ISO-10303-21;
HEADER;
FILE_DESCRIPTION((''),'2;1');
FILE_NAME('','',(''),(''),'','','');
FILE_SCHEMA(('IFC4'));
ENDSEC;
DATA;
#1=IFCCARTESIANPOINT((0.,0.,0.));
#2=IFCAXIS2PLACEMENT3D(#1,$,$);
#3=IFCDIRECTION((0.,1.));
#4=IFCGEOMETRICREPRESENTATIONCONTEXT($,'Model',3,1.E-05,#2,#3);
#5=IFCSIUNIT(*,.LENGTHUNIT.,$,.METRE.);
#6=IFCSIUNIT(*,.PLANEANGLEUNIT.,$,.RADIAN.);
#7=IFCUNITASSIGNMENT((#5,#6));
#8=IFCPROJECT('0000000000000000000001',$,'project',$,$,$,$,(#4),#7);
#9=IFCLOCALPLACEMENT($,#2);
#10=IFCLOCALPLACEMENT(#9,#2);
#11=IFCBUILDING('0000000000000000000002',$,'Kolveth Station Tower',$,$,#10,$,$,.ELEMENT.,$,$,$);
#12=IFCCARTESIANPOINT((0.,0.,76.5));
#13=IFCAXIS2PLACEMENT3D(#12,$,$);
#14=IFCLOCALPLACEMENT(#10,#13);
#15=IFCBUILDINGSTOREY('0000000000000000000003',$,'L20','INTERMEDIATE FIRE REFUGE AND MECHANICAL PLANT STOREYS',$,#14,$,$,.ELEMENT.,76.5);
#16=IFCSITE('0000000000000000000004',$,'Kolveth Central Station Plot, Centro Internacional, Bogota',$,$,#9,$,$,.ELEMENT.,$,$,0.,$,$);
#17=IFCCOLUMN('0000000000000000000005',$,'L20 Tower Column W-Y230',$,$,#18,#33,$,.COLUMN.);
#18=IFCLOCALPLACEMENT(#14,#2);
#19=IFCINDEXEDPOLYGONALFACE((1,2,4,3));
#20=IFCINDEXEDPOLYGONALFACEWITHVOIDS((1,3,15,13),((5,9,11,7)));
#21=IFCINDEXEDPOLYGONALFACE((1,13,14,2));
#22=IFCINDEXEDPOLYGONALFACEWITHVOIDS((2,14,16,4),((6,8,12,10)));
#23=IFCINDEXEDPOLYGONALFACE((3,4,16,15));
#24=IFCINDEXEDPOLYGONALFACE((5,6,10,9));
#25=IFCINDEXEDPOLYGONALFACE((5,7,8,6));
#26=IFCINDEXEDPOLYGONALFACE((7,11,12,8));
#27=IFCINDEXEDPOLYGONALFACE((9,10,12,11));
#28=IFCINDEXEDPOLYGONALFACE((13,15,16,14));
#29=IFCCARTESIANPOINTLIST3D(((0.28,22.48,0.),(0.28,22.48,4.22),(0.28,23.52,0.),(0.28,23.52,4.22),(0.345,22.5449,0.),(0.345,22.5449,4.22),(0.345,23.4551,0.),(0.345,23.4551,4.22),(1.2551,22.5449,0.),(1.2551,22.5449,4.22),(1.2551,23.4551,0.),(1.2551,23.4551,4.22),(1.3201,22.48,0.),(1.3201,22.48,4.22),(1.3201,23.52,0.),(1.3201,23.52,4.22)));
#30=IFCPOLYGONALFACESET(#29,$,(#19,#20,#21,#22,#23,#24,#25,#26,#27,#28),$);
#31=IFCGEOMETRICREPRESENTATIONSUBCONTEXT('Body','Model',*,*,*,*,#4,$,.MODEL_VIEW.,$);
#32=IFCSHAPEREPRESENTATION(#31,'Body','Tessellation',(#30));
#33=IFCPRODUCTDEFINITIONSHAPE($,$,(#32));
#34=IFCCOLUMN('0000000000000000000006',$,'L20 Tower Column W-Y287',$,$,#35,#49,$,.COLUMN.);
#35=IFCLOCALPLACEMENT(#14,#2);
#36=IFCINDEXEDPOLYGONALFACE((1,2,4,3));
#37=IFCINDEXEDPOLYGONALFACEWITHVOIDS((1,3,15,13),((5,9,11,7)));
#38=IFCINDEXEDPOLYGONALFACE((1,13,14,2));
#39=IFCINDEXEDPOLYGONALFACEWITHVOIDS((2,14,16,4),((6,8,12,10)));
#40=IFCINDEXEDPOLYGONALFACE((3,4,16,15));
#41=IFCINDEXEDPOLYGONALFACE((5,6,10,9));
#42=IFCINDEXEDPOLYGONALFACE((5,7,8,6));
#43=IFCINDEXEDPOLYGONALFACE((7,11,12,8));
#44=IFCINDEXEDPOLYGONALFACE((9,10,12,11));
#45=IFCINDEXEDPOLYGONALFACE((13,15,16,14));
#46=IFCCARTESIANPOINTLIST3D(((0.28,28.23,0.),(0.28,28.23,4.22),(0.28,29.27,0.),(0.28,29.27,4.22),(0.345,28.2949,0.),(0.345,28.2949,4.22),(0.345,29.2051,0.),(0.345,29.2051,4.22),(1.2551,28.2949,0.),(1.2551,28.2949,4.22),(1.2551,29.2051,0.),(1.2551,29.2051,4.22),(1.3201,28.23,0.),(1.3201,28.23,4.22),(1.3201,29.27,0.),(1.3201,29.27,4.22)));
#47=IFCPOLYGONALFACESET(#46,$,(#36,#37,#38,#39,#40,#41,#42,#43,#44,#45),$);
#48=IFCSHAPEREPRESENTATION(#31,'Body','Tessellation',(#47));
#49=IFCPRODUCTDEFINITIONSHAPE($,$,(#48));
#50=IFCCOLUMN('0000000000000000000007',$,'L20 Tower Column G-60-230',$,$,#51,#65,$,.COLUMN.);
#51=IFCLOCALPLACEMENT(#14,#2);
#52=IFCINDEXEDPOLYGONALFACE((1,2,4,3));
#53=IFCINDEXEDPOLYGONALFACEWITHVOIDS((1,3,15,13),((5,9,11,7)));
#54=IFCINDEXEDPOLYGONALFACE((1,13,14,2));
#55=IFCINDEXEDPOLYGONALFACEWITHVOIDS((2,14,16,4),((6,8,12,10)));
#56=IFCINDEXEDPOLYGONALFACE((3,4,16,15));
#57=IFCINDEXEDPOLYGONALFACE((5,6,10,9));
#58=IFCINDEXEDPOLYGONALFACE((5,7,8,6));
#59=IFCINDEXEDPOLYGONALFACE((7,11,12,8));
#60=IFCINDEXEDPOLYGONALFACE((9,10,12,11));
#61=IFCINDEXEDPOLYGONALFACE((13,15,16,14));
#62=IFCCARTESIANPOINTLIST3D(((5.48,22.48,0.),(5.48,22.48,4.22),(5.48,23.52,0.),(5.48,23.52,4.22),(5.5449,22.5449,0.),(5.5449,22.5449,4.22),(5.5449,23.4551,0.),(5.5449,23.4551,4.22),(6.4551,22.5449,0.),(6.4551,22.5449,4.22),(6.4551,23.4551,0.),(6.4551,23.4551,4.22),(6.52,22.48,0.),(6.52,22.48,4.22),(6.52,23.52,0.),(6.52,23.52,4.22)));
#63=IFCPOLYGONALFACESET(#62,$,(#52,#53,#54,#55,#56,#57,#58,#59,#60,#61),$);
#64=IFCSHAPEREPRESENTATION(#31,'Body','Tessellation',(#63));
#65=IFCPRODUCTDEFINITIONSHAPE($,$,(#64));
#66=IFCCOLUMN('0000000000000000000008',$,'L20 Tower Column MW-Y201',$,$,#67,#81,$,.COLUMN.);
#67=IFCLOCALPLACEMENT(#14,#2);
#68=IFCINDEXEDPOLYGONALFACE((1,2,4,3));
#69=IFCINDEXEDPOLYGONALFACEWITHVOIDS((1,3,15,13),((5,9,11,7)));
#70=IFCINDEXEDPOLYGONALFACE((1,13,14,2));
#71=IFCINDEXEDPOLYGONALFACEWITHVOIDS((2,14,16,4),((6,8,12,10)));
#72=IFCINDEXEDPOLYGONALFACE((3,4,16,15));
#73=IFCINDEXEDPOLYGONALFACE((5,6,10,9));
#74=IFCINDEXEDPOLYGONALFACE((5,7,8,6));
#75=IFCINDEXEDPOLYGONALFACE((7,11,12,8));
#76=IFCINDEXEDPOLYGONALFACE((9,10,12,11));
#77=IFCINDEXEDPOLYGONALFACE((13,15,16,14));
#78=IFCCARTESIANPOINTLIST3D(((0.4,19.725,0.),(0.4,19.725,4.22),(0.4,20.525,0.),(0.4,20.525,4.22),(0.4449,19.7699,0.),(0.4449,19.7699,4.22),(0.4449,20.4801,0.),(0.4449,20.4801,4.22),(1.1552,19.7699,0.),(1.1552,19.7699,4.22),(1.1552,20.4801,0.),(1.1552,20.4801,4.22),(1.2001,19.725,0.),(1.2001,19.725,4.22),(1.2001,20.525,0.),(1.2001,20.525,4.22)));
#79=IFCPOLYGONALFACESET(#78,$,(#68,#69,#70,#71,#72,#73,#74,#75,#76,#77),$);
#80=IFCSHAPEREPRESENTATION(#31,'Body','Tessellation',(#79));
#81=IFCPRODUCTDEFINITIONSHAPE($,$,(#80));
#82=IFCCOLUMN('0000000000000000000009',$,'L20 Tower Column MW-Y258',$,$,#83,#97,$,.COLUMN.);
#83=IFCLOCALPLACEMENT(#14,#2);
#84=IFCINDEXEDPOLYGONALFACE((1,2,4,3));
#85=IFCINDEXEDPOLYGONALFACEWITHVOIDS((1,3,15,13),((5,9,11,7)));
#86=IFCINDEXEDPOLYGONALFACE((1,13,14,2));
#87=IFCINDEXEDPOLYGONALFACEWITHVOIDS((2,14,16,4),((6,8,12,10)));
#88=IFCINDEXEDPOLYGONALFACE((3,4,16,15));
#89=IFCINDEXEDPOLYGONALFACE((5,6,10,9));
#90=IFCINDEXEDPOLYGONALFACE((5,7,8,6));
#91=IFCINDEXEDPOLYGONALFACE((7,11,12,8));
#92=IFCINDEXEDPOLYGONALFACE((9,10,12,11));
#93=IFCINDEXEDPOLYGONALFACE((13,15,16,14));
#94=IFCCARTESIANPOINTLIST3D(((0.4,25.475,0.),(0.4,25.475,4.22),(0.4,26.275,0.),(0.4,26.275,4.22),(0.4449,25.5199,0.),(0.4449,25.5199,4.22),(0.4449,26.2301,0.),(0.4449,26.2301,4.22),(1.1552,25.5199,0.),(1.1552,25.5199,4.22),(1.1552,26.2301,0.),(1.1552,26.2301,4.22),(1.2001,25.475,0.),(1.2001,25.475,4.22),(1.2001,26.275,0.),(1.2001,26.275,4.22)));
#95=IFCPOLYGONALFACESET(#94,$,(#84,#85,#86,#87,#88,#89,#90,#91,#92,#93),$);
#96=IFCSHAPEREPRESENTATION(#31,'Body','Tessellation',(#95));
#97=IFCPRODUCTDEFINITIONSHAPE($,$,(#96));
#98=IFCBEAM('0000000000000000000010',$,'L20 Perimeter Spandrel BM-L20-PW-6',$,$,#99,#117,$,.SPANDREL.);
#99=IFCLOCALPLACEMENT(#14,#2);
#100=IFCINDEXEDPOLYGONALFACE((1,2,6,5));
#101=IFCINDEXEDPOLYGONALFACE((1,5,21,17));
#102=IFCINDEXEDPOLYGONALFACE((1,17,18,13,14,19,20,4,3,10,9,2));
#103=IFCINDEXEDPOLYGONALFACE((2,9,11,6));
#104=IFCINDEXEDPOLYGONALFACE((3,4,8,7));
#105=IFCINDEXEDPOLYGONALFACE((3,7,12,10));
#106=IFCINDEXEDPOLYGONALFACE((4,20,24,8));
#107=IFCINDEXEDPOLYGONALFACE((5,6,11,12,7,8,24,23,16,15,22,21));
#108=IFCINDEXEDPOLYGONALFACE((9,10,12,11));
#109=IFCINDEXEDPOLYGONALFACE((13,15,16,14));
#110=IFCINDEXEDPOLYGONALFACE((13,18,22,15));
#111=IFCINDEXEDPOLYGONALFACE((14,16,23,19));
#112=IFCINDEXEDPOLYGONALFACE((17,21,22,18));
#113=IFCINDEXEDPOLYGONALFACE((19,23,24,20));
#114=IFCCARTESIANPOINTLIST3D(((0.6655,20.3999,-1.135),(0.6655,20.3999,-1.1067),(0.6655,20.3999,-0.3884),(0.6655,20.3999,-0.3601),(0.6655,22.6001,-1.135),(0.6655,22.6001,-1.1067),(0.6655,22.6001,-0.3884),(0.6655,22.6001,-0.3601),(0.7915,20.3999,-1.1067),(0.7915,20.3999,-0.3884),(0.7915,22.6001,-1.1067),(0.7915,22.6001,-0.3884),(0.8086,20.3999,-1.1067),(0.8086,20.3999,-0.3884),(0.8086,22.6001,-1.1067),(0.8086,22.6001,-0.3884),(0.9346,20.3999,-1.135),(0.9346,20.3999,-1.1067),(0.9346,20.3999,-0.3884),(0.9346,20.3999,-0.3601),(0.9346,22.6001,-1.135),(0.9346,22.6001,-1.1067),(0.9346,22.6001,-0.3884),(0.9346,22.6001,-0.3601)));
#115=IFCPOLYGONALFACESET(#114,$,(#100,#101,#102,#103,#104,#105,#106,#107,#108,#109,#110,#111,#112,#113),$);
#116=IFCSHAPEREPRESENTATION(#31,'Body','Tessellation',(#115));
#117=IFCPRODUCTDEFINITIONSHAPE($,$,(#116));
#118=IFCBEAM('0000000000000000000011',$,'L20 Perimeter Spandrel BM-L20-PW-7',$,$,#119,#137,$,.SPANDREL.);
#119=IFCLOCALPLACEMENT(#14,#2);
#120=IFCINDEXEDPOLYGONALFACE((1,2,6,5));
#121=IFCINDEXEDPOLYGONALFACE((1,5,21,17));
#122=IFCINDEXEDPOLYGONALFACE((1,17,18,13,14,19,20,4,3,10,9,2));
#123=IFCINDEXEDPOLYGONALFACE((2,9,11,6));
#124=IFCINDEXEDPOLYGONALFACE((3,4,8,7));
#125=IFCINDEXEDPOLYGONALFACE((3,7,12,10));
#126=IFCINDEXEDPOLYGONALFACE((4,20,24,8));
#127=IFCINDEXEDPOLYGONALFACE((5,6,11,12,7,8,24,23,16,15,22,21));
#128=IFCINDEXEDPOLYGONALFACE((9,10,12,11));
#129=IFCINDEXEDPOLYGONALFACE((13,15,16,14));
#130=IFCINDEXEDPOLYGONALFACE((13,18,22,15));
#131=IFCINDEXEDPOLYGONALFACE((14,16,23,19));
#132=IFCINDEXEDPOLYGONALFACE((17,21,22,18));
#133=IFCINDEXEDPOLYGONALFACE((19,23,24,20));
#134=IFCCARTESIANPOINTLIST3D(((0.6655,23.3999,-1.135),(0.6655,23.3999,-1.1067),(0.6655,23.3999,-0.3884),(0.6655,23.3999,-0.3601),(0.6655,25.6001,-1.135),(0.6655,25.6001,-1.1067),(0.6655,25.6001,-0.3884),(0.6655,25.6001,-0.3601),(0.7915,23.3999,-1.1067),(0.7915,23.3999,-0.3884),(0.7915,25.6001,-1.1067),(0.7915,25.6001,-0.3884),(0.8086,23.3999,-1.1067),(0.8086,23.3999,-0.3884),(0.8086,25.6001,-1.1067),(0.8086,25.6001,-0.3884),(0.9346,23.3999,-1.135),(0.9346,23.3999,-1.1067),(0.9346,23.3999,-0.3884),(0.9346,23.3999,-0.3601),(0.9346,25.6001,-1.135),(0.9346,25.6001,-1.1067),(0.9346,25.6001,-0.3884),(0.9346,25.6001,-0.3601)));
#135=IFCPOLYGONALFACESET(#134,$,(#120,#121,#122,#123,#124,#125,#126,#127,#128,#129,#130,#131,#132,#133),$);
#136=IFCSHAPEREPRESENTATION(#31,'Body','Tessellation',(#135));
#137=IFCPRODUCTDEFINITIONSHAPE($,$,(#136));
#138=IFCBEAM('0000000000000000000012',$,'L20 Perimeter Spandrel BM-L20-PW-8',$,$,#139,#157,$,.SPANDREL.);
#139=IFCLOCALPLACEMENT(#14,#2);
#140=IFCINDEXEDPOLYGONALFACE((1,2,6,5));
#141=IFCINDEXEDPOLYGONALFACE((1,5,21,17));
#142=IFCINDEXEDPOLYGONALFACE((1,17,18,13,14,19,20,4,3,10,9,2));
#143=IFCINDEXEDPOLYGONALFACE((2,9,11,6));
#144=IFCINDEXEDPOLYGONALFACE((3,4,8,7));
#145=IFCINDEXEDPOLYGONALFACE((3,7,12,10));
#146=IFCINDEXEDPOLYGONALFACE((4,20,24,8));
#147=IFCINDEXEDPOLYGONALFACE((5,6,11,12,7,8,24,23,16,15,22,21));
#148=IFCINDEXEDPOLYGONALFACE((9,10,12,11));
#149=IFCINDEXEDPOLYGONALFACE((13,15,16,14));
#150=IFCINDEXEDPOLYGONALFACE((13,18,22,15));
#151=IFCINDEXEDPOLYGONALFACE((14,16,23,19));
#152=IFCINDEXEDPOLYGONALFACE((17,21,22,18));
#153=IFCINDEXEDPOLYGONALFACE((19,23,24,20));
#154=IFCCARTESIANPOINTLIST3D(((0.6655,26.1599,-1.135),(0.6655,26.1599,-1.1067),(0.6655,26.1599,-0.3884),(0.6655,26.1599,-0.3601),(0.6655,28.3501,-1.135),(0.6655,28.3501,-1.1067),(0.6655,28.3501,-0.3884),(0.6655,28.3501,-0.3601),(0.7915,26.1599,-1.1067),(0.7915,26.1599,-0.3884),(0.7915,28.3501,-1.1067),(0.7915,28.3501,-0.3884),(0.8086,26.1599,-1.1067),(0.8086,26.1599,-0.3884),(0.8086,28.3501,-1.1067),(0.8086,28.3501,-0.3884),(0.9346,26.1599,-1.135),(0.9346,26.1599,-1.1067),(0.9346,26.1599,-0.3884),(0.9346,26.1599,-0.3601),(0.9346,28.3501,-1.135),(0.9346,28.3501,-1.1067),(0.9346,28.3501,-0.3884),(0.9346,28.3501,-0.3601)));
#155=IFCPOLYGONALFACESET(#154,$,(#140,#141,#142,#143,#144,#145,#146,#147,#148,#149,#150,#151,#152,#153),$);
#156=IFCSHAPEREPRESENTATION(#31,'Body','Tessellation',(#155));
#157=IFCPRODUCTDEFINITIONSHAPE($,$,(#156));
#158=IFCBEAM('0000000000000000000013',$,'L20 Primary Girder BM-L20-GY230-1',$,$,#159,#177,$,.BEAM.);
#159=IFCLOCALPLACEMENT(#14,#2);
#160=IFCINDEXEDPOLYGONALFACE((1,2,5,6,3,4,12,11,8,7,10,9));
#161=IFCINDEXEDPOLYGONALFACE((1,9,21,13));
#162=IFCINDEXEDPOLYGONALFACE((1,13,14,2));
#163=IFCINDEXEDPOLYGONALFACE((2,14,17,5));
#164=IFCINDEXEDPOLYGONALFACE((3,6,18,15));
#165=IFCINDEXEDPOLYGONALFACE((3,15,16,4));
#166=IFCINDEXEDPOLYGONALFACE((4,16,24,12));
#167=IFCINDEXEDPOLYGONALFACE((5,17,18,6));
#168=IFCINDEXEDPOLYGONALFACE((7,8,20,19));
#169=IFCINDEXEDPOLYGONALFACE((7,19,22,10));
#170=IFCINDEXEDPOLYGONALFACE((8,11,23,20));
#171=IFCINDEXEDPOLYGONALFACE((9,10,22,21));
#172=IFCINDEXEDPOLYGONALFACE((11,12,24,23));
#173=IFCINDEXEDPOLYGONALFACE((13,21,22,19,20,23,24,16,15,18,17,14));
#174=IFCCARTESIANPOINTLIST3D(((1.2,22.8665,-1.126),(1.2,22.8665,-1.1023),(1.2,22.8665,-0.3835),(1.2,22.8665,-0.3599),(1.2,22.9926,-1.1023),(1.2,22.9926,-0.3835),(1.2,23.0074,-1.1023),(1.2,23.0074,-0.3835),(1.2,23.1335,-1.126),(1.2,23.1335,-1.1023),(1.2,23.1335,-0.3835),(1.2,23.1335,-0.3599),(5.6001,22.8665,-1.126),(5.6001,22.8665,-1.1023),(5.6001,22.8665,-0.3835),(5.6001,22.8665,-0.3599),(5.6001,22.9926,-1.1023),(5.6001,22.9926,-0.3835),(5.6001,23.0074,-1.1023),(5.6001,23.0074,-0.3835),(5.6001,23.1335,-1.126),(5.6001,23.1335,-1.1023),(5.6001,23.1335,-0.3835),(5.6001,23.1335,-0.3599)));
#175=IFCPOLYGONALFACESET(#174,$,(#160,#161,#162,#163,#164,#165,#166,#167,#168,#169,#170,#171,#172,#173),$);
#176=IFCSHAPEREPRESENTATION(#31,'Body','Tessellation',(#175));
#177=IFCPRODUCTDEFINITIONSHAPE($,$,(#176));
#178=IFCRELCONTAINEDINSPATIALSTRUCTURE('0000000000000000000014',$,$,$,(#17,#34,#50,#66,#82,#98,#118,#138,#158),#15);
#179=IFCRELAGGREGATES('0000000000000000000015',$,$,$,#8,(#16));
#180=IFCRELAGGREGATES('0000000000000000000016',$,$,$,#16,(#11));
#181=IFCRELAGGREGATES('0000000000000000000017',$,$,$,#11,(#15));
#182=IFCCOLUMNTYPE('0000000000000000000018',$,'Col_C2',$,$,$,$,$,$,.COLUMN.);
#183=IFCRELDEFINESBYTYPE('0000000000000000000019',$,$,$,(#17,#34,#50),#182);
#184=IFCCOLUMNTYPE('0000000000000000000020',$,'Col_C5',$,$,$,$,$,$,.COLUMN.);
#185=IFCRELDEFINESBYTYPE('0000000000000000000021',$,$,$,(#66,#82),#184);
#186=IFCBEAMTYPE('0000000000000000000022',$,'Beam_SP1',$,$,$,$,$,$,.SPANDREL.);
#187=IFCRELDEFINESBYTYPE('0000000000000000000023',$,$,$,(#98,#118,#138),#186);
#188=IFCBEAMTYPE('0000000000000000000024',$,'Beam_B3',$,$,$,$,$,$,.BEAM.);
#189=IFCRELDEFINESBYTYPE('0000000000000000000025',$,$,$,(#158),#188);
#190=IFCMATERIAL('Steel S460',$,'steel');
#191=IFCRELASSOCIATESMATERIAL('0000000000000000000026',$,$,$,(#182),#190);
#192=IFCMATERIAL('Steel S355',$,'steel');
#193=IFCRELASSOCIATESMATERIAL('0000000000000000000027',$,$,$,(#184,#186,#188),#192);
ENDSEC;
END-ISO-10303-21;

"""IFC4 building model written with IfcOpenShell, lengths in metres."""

from ifc_helpers import new_model, si_unit, direction, frame, origin, origin_2d, place, context, subcontext, project, spatial, hollow_rectangle, i_section, extrude, source, transform, mapped, material, material_profile, profile_set, type_object, element, save


model = new_model("IFC4")

# Units and contexts
model_context = context("Model", 3, precision=1e-05, world=origin(), true_north=direction((0.0, 1.0)))
body_context = subcontext(model_context, "Body", "Model", "MODEL_VIEW")
ifc_project = project(units=[si_unit("LENGTHUNIT", "METRE"), si_unit("PLANEANGLEUNIT", "RADIAN")], contexts=[model_context])

# Site, building, storey
site_placement = place(None, origin())
site = spatial("IfcSite", under=ifc_project, at=site_placement, Name="Kolveth Central Station Plot, Centro Internacional, Bogota", CompositionType="ELEMENT", RefElevation=0.0)
building_placement = place(site_placement, origin())
building = spatial("IfcBuilding", under=site, at=building_placement, Name="Kolveth Station Tower", CompositionType="ELEMENT")
storey_placement = place(building_placement, frame((0.0, 0.0, 76.5)))
storey = spatial("IfcBuildingStorey", under=building, at=storey_placement, Name="L20", Description="INTERMEDIATE FIRE REFUGE AND MECHANICAL PLANT STOREYS", CompositionType="ELEMENT", Elevation=76.5)

# Columns
ifc_material_1 = material(Name="Steel S460", Category="steel")
ifc_material_profile_1 = material_profile(ifc_material_1, hollow_rectangle(XDim=1.04, YDim=1.04, WallThickness=0.0649, at=origin_2d()), Name="BOX1040x1040x65")
ifc_profile_set_1 = profile_set([ifc_material_profile_1], Name="Steel S460")
column_type_1 = type_object("IfcColumnType", Name="Col_C2", PredefinedType="COLUMN", material=ifc_profile_set_1)
shared_shape_1 = source(origin(), body_context, "Body", "SweptSolid", [
    extrude(hollow_rectangle(XDim=1.04, YDim=1.04, WallThickness=0.0649, at=origin_2d()), origin(), (0.0, 0.0, 1.0), 4.22),
])
for number, where, z_axis, x_axis, name in (
    (1, (0.8, 23.0, 0.0), (0.0, 0.0, 1.0), (1.0, 0.0, 0.0), "L20 Tower Column W-Y230"),
    (2, (0.8, 28.75, 0.0), (0.0, 0.0, 1.0), (1.0, 0.0, 0.0), "L20 Tower Column W-Y287"),
    (3, (6.0, 23.0, 0.0), (0.0, 0.0, 1.0), (1.0, 0.0, 0.0), "L20 Tower Column G-60-230"),
):
    element("IfcColumn", number, at=place(storey_placement, frame(where, z_axis=z_axis, x_axis=x_axis)), inside=storey, type_object=column_type_1, Name=name, PredefinedType="COLUMN", context=body_context, shape_type="MappedRepresentation", body=[
        mapped(shared_shape_1, transform((0.0, 0.0, 0.0), x_axis=(1.0, 0.0, 0.0), y_axis=(0.0, 1.0, 0.0), z_axis=(0.0, 0.0, 1.0), scale=1.0)),
    ])
ifc_material_2 = material(Name="Steel S355", Category="steel")
ifc_material_profile_2 = material_profile(ifc_material_2, hollow_rectangle(XDim=0.8, YDim=0.8, WallThickness=0.0449, at=origin_2d()), Name="BOX800x800x45")
ifc_profile_set_2 = profile_set([ifc_material_profile_2], Name="Steel S355")
column_type_2 = type_object("IfcColumnType", Name="Col_C5", PredefinedType="COLUMN", material=ifc_profile_set_2)
shared_shape_2 = source(origin(), body_context, "Body", "SweptSolid", [
    extrude(hollow_rectangle(XDim=0.8, YDim=0.8, WallThickness=0.0449, at=origin_2d()), origin(), (0.0, 0.0, 1.0), 4.22),
])
for number, where, z_axis, x_axis, name in (
    (4, (0.8, 20.125, 0.0), (0.0, 0.0, 1.0), (1.0, 0.0, 0.0), "L20 Tower Column MW-Y201"),
    (5, (0.8, 25.875, 0.0), (0.0, 0.0, 1.0), (1.0, 0.0, 0.0), "L20 Tower Column MW-Y258"),
):
    element("IfcColumn", number, at=place(storey_placement, frame(where, z_axis=z_axis, x_axis=x_axis)), inside=storey, type_object=column_type_2, Name=name, PredefinedType="COLUMN", context=body_context, shape_type="MappedRepresentation", body=[
        mapped(shared_shape_2, transform((0.0, 0.0, 0.0), x_axis=(1.0, 0.0, 0.0), y_axis=(0.0, 1.0, 0.0), z_axis=(0.0, 0.0, 1.0), scale=1.0)),
    ])

# Beams
ifc_material_profile_3 = material_profile(ifc_material_2, i_section(OverallWidth=0.269, OverallDepth=0.7749, WebThickness=0.0171, FlangeThickness=0.0283, at=origin_2d()), Name="W760x220")
ifc_profile_set_3 = profile_set([ifc_material_profile_3], Name="Steel S355")
beam_type_1 = type_object("IfcBeamType", Name="Beam_SP1", PredefinedType="SPANDREL", material=ifc_profile_set_3)
shared_shape_3 = source(origin(), body_context, "Body", "SweptSolid", [
    extrude(i_section(OverallWidth=0.269, OverallDepth=0.7749, WebThickness=0.0171, FlangeThickness=0.0283, at=origin_2d()), origin(), (0.0, 0.0, 1.0), 2.2002),
])
for number, where, z_axis, x_axis, name in (
    (6, (0.8, 20.3999, -0.7476), (0.0, 1.0, 0.0), (-1.0, 0.0, 0.0), "L20 Perimeter Spandrel BM-L20-PW-6"),
    (7, (0.8, 23.3999, -0.7476), (0.0, 1.0, 0.0), (-1.0, 0.0, 0.0), "L20 Perimeter Spandrel BM-L20-PW-7"),
):
    element("IfcBeam", number, at=place(storey_placement, frame(where, z_axis=z_axis, x_axis=x_axis)), inside=storey, type_object=beam_type_1, Name=name, PredefinedType="SPANDREL", context=body_context, shape_type="MappedRepresentation", body=[
        mapped(shared_shape_3, transform((0.0, 0.0, 0.0), x_axis=(1.0, 0.0, 0.0), y_axis=(0.0, 1.0, 0.0), z_axis=(0.0, 0.0, 1.0), scale=1.0)),
    ])
shared_shape_4 = source(origin(), body_context, "Body", "SweptSolid", [
    extrude(i_section(OverallWidth=0.269, OverallDepth=0.7749, WebThickness=0.0171, FlangeThickness=0.0283, at=origin_2d()), origin(), (0.0, 0.0, 1.0), 2.1902),
])
beam_1_placement = place(storey_placement, frame((0.8, 26.1599, -0.7476), z_axis=(0.0, 1.0, 0.0), x_axis=(-1.0, 0.0, 0.0)))
element("IfcBeam", 8, at=beam_1_placement, inside=storey, type_object=beam_type_1, Name="L20 Perimeter Spandrel BM-L20-PW-8", PredefinedType="SPANDREL", context=body_context, shape_type="MappedRepresentation", body=[
    mapped(shared_shape_4, transform((0.0, 0.0, 0.0), x_axis=(1.0, 0.0, 0.0), y_axis=(0.0, 1.0, 0.0), z_axis=(0.0, 0.0, 1.0), scale=1.0)),
])
ifc_material_profile_4 = material_profile(ifc_material_2, i_section(OverallWidth=0.2671, OverallDepth=0.7661, WebThickness=0.0149, FlangeThickness=0.0237, at=origin_2d()), Name="W760x185")
ifc_profile_set_4 = profile_set([ifc_material_profile_4], Name="Steel S355")
beam_type_2 = type_object("IfcBeamType", Name="Beam_B3", PredefinedType="BEAM", material=ifc_profile_set_4)
shared_shape_5 = source(origin(), body_context, "Body", "SweptSolid", [
    extrude(i_section(OverallWidth=0.2671, OverallDepth=0.7661, WebThickness=0.0149, FlangeThickness=0.0237, at=origin_2d()), origin(), (0.0, 0.0, 1.0), 4.4001),
])
beam_2_placement = place(storey_placement, frame((1.2, 23.0, -0.7429), z_axis=(1.0, 0.0, 0.0), x_axis=(0.0, 1.0, 0.0)))
element("IfcBeam", 9, at=beam_2_placement, inside=storey, type_object=beam_type_2, Name="L20 Primary Girder BM-L20-GY230-1", PredefinedType="BEAM", context=body_context, shape_type="MappedRepresentation", body=[
    mapped(shared_shape_5, transform((0.0, 0.0, 0.0), x_axis=(1.0, 0.0, 0.0), y_axis=(0.0, 1.0, 0.0), z_axis=(0.0, 0.0, 1.0), scale=1.0)),
])

save(model, "model.ifc")
